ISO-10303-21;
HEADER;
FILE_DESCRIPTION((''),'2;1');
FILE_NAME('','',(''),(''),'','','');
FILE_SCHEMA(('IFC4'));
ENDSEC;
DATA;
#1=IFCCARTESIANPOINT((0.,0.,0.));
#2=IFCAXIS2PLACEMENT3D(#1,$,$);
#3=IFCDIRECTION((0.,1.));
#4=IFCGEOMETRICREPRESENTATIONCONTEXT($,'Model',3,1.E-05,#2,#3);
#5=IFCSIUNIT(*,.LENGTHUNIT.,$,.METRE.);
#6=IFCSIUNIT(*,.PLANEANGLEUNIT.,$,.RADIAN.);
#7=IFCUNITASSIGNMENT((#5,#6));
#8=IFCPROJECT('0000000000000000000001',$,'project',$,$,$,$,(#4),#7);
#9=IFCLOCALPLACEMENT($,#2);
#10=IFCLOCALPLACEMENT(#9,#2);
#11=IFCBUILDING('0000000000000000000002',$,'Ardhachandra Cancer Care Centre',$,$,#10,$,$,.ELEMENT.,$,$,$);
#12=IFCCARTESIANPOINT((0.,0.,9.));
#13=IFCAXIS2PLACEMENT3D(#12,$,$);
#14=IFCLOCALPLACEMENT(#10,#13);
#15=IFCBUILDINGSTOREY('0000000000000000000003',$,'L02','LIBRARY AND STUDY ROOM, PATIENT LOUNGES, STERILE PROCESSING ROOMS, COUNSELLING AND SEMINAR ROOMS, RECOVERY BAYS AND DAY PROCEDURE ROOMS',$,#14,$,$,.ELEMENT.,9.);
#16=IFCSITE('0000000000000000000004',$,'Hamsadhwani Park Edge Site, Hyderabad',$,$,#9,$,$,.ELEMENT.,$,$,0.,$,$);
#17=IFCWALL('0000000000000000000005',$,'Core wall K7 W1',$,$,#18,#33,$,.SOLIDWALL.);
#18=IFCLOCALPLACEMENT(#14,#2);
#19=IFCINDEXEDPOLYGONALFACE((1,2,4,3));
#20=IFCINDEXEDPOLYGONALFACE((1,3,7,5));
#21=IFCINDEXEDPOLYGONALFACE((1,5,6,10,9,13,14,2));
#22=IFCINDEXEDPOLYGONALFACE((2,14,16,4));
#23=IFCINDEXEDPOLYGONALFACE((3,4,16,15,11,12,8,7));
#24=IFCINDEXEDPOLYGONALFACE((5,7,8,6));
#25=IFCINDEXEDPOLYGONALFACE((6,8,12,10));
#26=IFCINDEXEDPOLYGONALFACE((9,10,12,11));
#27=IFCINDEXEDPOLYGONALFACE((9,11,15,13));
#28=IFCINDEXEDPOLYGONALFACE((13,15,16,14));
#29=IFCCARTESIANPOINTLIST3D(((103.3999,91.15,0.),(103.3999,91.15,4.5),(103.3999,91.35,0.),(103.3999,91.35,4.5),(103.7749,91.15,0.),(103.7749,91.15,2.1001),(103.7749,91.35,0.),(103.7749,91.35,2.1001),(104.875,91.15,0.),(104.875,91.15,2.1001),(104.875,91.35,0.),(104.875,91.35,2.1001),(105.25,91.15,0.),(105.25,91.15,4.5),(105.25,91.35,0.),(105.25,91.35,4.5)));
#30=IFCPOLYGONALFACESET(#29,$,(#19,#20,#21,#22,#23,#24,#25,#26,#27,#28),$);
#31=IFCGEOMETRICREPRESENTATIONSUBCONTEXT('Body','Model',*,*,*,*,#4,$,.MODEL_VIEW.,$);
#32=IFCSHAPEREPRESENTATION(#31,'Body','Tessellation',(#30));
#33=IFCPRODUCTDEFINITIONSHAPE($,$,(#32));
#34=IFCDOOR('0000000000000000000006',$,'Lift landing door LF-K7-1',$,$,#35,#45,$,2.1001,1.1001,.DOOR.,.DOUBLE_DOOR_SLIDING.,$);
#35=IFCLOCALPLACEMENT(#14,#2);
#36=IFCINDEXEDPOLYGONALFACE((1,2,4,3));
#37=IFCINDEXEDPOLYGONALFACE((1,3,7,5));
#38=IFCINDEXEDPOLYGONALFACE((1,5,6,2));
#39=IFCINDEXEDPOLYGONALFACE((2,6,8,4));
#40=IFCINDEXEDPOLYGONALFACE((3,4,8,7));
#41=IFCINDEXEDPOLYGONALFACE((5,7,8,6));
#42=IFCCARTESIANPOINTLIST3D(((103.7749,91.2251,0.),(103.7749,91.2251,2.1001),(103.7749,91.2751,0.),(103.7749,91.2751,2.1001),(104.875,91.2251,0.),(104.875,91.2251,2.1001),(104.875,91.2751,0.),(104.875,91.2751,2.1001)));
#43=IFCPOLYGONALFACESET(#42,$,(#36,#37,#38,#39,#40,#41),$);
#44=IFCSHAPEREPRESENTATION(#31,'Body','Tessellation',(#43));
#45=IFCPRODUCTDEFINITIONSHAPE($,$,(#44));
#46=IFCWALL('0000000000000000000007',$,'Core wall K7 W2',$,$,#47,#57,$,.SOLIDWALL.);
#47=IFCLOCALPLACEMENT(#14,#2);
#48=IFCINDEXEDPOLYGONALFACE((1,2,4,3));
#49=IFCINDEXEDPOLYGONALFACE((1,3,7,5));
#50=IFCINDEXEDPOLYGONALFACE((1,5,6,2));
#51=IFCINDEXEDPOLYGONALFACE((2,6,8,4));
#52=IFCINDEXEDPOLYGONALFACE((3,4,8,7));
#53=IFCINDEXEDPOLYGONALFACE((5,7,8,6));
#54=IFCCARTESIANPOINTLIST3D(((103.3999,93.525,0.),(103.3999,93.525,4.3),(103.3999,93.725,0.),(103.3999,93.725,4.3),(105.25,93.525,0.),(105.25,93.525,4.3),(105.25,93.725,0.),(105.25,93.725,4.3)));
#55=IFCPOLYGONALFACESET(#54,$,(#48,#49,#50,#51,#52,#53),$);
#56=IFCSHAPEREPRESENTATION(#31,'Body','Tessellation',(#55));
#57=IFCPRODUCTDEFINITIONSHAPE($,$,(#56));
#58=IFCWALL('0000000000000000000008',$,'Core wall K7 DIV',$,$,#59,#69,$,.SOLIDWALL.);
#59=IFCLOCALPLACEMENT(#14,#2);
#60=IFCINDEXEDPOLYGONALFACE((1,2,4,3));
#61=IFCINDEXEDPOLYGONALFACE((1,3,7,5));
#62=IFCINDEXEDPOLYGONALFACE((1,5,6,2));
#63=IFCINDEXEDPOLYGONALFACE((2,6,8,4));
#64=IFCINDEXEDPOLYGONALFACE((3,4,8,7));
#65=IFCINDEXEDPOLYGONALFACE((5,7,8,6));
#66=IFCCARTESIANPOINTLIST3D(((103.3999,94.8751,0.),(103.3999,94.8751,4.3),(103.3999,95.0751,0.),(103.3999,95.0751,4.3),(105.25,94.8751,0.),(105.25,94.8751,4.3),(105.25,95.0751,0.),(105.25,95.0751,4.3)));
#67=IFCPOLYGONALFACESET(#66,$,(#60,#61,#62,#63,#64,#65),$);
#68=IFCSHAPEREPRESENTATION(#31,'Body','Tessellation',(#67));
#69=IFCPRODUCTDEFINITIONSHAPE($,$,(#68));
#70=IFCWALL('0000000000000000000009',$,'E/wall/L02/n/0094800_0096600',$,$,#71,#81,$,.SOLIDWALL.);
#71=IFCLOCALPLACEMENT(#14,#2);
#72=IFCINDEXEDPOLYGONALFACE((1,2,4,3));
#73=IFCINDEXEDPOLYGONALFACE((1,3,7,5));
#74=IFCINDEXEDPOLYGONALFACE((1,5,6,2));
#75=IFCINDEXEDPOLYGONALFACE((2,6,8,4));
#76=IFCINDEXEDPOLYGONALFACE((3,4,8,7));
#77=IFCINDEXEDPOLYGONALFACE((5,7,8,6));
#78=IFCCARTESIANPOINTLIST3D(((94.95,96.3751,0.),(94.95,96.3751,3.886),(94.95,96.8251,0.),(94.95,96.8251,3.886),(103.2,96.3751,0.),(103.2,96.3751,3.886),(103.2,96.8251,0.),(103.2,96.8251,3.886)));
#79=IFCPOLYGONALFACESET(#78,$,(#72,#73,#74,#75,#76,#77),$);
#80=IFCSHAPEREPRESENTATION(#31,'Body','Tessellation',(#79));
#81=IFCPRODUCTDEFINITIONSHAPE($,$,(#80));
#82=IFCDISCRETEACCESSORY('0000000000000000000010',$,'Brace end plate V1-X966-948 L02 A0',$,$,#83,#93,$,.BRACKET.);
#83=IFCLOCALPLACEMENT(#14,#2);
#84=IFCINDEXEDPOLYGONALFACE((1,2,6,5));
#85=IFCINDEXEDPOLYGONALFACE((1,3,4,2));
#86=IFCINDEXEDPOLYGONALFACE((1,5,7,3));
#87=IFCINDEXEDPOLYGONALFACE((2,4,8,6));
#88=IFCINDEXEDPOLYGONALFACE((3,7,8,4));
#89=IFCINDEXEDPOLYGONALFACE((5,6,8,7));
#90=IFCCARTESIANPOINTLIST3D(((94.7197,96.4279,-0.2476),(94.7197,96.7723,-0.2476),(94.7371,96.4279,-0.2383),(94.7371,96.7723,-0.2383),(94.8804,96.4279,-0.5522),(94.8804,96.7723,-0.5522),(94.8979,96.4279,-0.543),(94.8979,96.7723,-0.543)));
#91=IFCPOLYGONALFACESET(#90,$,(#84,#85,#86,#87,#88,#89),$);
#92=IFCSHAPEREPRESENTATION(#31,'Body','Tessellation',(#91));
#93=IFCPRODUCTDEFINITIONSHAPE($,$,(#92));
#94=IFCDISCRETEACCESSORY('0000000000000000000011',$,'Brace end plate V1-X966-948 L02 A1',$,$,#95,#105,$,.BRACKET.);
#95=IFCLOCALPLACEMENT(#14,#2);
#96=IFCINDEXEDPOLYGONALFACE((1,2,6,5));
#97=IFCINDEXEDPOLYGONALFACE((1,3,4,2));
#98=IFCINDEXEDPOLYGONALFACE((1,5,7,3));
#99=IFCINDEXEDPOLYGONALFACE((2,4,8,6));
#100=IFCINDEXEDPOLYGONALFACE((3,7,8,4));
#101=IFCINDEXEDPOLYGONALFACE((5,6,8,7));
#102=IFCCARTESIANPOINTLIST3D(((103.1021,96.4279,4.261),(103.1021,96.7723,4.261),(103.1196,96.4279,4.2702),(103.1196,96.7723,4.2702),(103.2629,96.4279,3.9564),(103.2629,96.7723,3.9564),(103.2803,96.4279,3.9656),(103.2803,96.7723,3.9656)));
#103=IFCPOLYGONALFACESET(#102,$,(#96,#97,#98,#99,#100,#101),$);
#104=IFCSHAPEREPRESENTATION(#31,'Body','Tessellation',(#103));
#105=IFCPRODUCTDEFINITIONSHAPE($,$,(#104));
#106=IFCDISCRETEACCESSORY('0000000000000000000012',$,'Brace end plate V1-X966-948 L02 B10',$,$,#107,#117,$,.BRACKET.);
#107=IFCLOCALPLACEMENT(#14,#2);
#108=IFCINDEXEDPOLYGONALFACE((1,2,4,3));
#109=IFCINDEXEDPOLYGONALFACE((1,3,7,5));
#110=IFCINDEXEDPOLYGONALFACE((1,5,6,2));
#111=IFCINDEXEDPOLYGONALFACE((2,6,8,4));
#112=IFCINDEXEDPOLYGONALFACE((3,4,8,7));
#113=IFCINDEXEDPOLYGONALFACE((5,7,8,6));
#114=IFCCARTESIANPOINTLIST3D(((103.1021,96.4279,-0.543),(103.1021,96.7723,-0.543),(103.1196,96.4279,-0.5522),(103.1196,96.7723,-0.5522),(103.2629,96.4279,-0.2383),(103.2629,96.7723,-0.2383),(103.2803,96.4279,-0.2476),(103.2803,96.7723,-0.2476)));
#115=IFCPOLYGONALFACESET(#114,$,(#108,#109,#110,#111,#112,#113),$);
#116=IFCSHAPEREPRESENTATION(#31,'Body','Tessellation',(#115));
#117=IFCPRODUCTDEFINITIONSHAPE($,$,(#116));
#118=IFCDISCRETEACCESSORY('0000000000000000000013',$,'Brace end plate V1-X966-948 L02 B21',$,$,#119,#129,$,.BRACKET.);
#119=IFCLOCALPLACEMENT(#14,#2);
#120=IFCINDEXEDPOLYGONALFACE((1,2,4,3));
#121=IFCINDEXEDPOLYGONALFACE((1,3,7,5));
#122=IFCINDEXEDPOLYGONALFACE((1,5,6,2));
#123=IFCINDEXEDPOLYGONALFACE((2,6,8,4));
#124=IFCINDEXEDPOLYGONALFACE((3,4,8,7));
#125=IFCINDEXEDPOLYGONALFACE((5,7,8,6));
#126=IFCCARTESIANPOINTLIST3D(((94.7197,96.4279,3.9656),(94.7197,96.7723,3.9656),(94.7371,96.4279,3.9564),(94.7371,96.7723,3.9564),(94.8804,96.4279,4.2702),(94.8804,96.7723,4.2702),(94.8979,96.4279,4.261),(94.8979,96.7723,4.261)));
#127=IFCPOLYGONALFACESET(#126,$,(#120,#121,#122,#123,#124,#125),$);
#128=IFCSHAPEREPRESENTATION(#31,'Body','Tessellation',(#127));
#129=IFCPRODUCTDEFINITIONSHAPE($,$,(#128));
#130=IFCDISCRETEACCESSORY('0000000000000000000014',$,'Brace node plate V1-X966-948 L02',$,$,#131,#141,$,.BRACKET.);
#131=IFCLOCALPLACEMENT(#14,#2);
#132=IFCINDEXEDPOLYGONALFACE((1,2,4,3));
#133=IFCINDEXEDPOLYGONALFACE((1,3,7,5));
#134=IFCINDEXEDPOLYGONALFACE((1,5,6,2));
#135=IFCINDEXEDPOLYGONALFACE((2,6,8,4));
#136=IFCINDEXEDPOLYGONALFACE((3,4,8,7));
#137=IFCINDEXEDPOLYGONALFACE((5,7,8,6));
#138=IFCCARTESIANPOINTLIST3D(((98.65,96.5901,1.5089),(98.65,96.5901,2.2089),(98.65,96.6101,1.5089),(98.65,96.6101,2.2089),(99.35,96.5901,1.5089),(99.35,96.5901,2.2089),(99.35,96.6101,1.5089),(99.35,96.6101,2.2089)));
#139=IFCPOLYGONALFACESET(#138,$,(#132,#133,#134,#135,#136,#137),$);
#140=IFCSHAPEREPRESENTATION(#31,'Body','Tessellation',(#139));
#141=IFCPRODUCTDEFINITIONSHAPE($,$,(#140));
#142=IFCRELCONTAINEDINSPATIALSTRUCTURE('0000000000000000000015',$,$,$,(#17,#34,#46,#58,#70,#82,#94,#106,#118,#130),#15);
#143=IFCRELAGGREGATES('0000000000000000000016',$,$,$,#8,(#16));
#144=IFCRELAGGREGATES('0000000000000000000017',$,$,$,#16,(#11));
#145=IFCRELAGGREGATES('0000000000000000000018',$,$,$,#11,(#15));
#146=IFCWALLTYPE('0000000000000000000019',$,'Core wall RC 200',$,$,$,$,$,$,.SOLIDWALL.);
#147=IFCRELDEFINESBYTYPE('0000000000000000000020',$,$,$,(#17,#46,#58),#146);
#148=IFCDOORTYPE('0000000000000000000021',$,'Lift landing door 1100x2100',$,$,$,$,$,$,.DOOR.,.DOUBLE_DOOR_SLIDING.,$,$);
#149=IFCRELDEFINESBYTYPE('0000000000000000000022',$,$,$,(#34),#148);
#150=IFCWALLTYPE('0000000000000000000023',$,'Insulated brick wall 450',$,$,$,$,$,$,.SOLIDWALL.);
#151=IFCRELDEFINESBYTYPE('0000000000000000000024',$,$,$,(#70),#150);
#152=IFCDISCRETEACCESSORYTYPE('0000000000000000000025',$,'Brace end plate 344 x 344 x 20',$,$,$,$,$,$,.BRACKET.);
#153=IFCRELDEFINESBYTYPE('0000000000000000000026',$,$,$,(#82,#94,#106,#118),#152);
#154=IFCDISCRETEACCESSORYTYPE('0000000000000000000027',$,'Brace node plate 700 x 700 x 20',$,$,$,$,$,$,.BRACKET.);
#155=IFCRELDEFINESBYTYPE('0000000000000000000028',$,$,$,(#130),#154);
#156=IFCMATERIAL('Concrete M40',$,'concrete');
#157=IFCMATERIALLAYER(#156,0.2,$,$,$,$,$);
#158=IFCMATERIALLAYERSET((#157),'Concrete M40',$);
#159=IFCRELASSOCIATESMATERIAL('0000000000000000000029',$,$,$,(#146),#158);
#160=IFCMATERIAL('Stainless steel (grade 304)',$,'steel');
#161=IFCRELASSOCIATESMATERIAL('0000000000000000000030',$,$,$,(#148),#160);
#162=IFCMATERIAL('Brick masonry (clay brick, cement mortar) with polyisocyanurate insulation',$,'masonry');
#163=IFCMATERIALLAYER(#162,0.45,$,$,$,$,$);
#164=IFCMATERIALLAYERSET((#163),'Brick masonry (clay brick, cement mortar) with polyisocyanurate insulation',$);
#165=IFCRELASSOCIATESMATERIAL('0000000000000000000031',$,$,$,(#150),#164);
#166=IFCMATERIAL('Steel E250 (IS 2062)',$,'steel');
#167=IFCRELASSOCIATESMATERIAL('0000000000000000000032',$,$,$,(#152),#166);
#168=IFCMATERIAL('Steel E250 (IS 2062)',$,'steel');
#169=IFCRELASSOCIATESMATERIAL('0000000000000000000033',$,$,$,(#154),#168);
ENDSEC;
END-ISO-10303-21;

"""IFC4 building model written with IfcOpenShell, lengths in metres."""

from ifc_helpers import new_model, si_unit, direction, frame, frame_2d, origin, origin_2d, place, context, subcontext, project, spatial, rectangle, extrude, material, layer, layer_set, material_profile, profile_set, type_object, element, fill, save


model = new_model("IFC4")

# Units and contexts
model_context = context("Model", 3, precision=1e-05, world=origin(), true_north=direction((0.0, 1.0)))
body_context = subcontext(model_context, "Body", "Model", "MODEL_VIEW")
ifc_project = project(units=[si_unit("LENGTHUNIT", "METRE"), si_unit("PLANEANGLEUNIT", "RADIAN")], contexts=[model_context])

# Site, building, storey
site_placement = place(None, origin())
site = spatial("IfcSite", under=ifc_project, at=site_placement, Name="Hamsadhwani Park Edge Site, Hyderabad", CompositionType="ELEMENT", RefElevation=0.0)
building_placement = place(site_placement, origin())
building = spatial("IfcBuilding", under=site, at=building_placement, Name="Ardhachandra Cancer Care Centre", CompositionType="ELEMENT")
storey_placement = place(building_placement, frame((0.0, 0.0, 9.0)))
storey = spatial("IfcBuildingStorey", under=building, at=storey_placement, Name="L02", Description="LIBRARY AND STUDY ROOM, PATIENT LOUNGES, STERILE PROCESSING ROOMS, COUNSELLING AND SEMINAR ROOMS, RECOVERY BAYS AND DAY PROCEDURE ROOMS", CompositionType="ELEMENT", Elevation=9.0)

# Shared definitions
ifc_material_1 = material(Name="Concrete M40", Category="concrete")
ifc_layer_1 = layer(ifc_material_1, 0.2)
ifc_layer_set_1 = layer_set([ifc_layer_1], Name="Concrete M40")
wall_type_1 = type_object("IfcWallType", Name="Core wall RC 200", PredefinedType="SOLIDWALL", material=ifc_layer_set_1)

# Wall, opening, door
wall_1_placement = place(storey_placement, frame((105.25, 91.25, 0.0), z_axis=(0.0, 0.0, 1.0), x_axis=(-1.0, 0.0, 0.0)))
wall_1 = element("IfcWall", 1, at=wall_1_placement, inside=storey, type_object=wall_type_1, Name="Core wall K7 W1", PredefinedType="SOLIDWALL", context=body_context, shape_type="SweptSolid", body=[
    extrude(rectangle(XDim=1.8501, YDim=0.2, at=frame_2d((0.925, 0.0))), origin(), (0.0, 0.0, 1.0), 4.5),
])
opening_1_placement = place(wall_1_placement, frame((0.375, 0.0, 0.0)))
opening_1 = element("IfcOpeningElement", 2, at=opening_1_placement, cuts=wall_1, PredefinedType="OPENING", context=body_context, shape_type="SweptSolid", body=[
    extrude(rectangle(XDim=1.1001, YDim=2.1001, at=frame_2d((0.55, 1.05))), frame((0.0, 0.1099, 0.0), z_axis=(0.0, -1.0, 0.0), x_axis=(1.0, 0.0, 0.0)), (0.0, 0.0, 1.0), 0.22),
])
ifc_material_2 = material(Name="Stainless steel (grade 304)", Category="steel")
door_type_1 = type_object("IfcDoorType", Name="Lift landing door 1100x2100", OperationType="DOUBLE_DOOR_SLIDING", PredefinedType="DOOR", material=ifc_material_2)
door_1_placement = place(opening_1_placement, origin())
door_1 = element("IfcDoor", 3, at=door_1_placement, inside=storey, type_object=door_type_1, Name="Lift landing door LF-K7-1", OperationType="DOUBLE_DOOR_SLIDING", OverallHeight=2.1001, OverallWidth=1.1001, PredefinedType="DOOR", context=body_context, shape_type="SweptSolid", body=[
    extrude(rectangle(XDim=1.1001, YDim=2.1001, at=frame_2d((0.55, 1.05))), frame((0.0, 0.0249, 0.0), z_axis=(0.0, -1.0, 0.0), x_axis=(1.0, 0.0, 0.0)), (0.0, 0.0, 1.0), 0.05),
])
fill(opening_1, door_1)

# Walls
for number, where, z_axis, x_axis, name in (
    (4, (105.25, 93.625, 0.0), (0.0, 0.0, 1.0), (-1.0, 0.0, 0.0), "Core wall K7 W2"),
    (5, (105.25, 94.9751, 0.0), (0.0, 0.0, 1.0), (-1.0, 0.0, 0.0), "Core wall K7 DIV"),
):
    element("IfcWall", number, at=place(storey_placement, frame(where, z_axis=z_axis, x_axis=x_axis)), inside=storey, type_object=wall_type_1, Name=name, PredefinedType="SOLIDWALL", context=body_context, shape_type="SweptSolid", body=[
        extrude(rectangle(XDim=1.8501, YDim=0.2, at=frame_2d((0.925, 0.0))), origin(), (0.0, 0.0, 1.0), 4.3),
    ])
ifc_material_3 = material(Name="Brick masonry (clay brick, cement mortar) with polyisocyanurate insulation", Category="masonry")
ifc_layer_2 = layer(ifc_material_3, 0.45)
ifc_layer_set_2 = layer_set([ifc_layer_2], Name="Brick masonry (clay brick, cement mortar) with polyisocyanurate insulation")
wall_type_2 = type_object("IfcWallType", Name="Insulated brick wall 450", PredefinedType="SOLIDWALL", material=ifc_layer_set_2)
wall_2_placement = place(storey_placement, frame((94.95, 96.6001, 0.0), z_axis=(0.0, 0.0, 1.0), x_axis=(1.0, 0.0, 0.0)))
element("IfcWall", 6, at=wall_2_placement, inside=storey, type_object=wall_type_2, Name="E/wall/L02/n/0094800_0096600", PredefinedType="SOLIDWALL", context=body_context, shape_type="SweptSolid", body=[
    extrude(rectangle(XDim=8.25, YDim=0.45, at=frame_2d((4.125, 0.0))), origin(), (0.0, 0.0, 1.0), 3.886),
])

# Discrete accessories
ifc_material_4 = material(Name="Steel E250 (IS 2062)", Category="steel")
ifc_material_profile_1 = material_profile(ifc_material_4, rectangle(XDim=0.3445, YDim=0.3445, at=origin_2d()), Name="PL 344x344x20")
ifc_profile_set_1 = profile_set([ifc_material_profile_1], Name="Steel E250 (IS 2062)")
discrete_accessory_type_1 = type_object("IfcDiscreteAccessoryType", Name="Brace end plate 344 x 344 x 20", PredefinedType="BRACKET", material=ifc_profile_set_1)
for number, where, z_axis, x_axis, name in (
    (7, (94.8, 96.6001, -0.3999), (0.884385, 0.0, 0.466759), (0.0, 1.0, 0.0), "Brace end plate V1-X966-948 L02 A0"),
    (8, (103.2, 96.6001, 4.1179), (-0.884385, 0.0, -0.466759), (0.0, -1.0, 0.0), "Brace end plate V1-X966-948 L02 A1"),
    (9, (103.2, 96.6001, -0.3999), (-0.884385, 0.0, 0.466759), (0.0, -1.0, 0.0), "Brace end plate V1-X966-948 L02 B10"),
    (10, (94.8, 96.6001, 4.1179), (0.884385, 0.0, -0.466759), (0.0, 1.0, 0.0), "Brace end plate V1-X966-948 L02 B21"),
):
    element("IfcDiscreteAccessory", number, at=place(storey_placement, frame(where, z_axis=z_axis, x_axis=x_axis)), inside=storey, type_object=discrete_accessory_type_1, Name=name, PredefinedType="BRACKET", context=body_context, shape_type="SweptSolid", body=[
        extrude(rectangle(XDim=0.3445, YDim=0.3445, at=origin_2d()), origin(), (0.0, 0.0, 1.0), 0.0198),
    ])
ifc_material_5 = material(Name="Steel E250 (IS 2062)", Category="steel")
ifc_material_profile_2 = material_profile(ifc_material_5, rectangle(XDim=0.7, YDim=0.7, at=origin_2d()), Name="PL 700x700x20")
ifc_profile_set_2 = profile_set([ifc_material_profile_2], Name="Steel E250 (IS 2062)")
discrete_accessory_type_2 = type_object("IfcDiscreteAccessoryType", Name="Brace node plate 700 x 700 x 20", PredefinedType="BRACKET", material=ifc_profile_set_2)
discrete_accessory_placement = place(storey_placement, frame((99.0, 96.5901, 1.8589), z_axis=(0.0, 1.0, 0.0), x_axis=(-1.0, 0.0, 0.0)))
element("IfcDiscreteAccessory", 11, at=discrete_accessory_placement, inside=storey, type_object=discrete_accessory_type_2, Name="Brace node plate V1-X966-948 L02", PredefinedType="BRACKET", context=body_context, shape_type="SweptSolid", body=[
    extrude(rectangle(XDim=0.7, YDim=0.7, at=origin_2d()), origin(), (0.0, 0.0, 1.0), 0.02),
])

save(model, "model.ifc")
